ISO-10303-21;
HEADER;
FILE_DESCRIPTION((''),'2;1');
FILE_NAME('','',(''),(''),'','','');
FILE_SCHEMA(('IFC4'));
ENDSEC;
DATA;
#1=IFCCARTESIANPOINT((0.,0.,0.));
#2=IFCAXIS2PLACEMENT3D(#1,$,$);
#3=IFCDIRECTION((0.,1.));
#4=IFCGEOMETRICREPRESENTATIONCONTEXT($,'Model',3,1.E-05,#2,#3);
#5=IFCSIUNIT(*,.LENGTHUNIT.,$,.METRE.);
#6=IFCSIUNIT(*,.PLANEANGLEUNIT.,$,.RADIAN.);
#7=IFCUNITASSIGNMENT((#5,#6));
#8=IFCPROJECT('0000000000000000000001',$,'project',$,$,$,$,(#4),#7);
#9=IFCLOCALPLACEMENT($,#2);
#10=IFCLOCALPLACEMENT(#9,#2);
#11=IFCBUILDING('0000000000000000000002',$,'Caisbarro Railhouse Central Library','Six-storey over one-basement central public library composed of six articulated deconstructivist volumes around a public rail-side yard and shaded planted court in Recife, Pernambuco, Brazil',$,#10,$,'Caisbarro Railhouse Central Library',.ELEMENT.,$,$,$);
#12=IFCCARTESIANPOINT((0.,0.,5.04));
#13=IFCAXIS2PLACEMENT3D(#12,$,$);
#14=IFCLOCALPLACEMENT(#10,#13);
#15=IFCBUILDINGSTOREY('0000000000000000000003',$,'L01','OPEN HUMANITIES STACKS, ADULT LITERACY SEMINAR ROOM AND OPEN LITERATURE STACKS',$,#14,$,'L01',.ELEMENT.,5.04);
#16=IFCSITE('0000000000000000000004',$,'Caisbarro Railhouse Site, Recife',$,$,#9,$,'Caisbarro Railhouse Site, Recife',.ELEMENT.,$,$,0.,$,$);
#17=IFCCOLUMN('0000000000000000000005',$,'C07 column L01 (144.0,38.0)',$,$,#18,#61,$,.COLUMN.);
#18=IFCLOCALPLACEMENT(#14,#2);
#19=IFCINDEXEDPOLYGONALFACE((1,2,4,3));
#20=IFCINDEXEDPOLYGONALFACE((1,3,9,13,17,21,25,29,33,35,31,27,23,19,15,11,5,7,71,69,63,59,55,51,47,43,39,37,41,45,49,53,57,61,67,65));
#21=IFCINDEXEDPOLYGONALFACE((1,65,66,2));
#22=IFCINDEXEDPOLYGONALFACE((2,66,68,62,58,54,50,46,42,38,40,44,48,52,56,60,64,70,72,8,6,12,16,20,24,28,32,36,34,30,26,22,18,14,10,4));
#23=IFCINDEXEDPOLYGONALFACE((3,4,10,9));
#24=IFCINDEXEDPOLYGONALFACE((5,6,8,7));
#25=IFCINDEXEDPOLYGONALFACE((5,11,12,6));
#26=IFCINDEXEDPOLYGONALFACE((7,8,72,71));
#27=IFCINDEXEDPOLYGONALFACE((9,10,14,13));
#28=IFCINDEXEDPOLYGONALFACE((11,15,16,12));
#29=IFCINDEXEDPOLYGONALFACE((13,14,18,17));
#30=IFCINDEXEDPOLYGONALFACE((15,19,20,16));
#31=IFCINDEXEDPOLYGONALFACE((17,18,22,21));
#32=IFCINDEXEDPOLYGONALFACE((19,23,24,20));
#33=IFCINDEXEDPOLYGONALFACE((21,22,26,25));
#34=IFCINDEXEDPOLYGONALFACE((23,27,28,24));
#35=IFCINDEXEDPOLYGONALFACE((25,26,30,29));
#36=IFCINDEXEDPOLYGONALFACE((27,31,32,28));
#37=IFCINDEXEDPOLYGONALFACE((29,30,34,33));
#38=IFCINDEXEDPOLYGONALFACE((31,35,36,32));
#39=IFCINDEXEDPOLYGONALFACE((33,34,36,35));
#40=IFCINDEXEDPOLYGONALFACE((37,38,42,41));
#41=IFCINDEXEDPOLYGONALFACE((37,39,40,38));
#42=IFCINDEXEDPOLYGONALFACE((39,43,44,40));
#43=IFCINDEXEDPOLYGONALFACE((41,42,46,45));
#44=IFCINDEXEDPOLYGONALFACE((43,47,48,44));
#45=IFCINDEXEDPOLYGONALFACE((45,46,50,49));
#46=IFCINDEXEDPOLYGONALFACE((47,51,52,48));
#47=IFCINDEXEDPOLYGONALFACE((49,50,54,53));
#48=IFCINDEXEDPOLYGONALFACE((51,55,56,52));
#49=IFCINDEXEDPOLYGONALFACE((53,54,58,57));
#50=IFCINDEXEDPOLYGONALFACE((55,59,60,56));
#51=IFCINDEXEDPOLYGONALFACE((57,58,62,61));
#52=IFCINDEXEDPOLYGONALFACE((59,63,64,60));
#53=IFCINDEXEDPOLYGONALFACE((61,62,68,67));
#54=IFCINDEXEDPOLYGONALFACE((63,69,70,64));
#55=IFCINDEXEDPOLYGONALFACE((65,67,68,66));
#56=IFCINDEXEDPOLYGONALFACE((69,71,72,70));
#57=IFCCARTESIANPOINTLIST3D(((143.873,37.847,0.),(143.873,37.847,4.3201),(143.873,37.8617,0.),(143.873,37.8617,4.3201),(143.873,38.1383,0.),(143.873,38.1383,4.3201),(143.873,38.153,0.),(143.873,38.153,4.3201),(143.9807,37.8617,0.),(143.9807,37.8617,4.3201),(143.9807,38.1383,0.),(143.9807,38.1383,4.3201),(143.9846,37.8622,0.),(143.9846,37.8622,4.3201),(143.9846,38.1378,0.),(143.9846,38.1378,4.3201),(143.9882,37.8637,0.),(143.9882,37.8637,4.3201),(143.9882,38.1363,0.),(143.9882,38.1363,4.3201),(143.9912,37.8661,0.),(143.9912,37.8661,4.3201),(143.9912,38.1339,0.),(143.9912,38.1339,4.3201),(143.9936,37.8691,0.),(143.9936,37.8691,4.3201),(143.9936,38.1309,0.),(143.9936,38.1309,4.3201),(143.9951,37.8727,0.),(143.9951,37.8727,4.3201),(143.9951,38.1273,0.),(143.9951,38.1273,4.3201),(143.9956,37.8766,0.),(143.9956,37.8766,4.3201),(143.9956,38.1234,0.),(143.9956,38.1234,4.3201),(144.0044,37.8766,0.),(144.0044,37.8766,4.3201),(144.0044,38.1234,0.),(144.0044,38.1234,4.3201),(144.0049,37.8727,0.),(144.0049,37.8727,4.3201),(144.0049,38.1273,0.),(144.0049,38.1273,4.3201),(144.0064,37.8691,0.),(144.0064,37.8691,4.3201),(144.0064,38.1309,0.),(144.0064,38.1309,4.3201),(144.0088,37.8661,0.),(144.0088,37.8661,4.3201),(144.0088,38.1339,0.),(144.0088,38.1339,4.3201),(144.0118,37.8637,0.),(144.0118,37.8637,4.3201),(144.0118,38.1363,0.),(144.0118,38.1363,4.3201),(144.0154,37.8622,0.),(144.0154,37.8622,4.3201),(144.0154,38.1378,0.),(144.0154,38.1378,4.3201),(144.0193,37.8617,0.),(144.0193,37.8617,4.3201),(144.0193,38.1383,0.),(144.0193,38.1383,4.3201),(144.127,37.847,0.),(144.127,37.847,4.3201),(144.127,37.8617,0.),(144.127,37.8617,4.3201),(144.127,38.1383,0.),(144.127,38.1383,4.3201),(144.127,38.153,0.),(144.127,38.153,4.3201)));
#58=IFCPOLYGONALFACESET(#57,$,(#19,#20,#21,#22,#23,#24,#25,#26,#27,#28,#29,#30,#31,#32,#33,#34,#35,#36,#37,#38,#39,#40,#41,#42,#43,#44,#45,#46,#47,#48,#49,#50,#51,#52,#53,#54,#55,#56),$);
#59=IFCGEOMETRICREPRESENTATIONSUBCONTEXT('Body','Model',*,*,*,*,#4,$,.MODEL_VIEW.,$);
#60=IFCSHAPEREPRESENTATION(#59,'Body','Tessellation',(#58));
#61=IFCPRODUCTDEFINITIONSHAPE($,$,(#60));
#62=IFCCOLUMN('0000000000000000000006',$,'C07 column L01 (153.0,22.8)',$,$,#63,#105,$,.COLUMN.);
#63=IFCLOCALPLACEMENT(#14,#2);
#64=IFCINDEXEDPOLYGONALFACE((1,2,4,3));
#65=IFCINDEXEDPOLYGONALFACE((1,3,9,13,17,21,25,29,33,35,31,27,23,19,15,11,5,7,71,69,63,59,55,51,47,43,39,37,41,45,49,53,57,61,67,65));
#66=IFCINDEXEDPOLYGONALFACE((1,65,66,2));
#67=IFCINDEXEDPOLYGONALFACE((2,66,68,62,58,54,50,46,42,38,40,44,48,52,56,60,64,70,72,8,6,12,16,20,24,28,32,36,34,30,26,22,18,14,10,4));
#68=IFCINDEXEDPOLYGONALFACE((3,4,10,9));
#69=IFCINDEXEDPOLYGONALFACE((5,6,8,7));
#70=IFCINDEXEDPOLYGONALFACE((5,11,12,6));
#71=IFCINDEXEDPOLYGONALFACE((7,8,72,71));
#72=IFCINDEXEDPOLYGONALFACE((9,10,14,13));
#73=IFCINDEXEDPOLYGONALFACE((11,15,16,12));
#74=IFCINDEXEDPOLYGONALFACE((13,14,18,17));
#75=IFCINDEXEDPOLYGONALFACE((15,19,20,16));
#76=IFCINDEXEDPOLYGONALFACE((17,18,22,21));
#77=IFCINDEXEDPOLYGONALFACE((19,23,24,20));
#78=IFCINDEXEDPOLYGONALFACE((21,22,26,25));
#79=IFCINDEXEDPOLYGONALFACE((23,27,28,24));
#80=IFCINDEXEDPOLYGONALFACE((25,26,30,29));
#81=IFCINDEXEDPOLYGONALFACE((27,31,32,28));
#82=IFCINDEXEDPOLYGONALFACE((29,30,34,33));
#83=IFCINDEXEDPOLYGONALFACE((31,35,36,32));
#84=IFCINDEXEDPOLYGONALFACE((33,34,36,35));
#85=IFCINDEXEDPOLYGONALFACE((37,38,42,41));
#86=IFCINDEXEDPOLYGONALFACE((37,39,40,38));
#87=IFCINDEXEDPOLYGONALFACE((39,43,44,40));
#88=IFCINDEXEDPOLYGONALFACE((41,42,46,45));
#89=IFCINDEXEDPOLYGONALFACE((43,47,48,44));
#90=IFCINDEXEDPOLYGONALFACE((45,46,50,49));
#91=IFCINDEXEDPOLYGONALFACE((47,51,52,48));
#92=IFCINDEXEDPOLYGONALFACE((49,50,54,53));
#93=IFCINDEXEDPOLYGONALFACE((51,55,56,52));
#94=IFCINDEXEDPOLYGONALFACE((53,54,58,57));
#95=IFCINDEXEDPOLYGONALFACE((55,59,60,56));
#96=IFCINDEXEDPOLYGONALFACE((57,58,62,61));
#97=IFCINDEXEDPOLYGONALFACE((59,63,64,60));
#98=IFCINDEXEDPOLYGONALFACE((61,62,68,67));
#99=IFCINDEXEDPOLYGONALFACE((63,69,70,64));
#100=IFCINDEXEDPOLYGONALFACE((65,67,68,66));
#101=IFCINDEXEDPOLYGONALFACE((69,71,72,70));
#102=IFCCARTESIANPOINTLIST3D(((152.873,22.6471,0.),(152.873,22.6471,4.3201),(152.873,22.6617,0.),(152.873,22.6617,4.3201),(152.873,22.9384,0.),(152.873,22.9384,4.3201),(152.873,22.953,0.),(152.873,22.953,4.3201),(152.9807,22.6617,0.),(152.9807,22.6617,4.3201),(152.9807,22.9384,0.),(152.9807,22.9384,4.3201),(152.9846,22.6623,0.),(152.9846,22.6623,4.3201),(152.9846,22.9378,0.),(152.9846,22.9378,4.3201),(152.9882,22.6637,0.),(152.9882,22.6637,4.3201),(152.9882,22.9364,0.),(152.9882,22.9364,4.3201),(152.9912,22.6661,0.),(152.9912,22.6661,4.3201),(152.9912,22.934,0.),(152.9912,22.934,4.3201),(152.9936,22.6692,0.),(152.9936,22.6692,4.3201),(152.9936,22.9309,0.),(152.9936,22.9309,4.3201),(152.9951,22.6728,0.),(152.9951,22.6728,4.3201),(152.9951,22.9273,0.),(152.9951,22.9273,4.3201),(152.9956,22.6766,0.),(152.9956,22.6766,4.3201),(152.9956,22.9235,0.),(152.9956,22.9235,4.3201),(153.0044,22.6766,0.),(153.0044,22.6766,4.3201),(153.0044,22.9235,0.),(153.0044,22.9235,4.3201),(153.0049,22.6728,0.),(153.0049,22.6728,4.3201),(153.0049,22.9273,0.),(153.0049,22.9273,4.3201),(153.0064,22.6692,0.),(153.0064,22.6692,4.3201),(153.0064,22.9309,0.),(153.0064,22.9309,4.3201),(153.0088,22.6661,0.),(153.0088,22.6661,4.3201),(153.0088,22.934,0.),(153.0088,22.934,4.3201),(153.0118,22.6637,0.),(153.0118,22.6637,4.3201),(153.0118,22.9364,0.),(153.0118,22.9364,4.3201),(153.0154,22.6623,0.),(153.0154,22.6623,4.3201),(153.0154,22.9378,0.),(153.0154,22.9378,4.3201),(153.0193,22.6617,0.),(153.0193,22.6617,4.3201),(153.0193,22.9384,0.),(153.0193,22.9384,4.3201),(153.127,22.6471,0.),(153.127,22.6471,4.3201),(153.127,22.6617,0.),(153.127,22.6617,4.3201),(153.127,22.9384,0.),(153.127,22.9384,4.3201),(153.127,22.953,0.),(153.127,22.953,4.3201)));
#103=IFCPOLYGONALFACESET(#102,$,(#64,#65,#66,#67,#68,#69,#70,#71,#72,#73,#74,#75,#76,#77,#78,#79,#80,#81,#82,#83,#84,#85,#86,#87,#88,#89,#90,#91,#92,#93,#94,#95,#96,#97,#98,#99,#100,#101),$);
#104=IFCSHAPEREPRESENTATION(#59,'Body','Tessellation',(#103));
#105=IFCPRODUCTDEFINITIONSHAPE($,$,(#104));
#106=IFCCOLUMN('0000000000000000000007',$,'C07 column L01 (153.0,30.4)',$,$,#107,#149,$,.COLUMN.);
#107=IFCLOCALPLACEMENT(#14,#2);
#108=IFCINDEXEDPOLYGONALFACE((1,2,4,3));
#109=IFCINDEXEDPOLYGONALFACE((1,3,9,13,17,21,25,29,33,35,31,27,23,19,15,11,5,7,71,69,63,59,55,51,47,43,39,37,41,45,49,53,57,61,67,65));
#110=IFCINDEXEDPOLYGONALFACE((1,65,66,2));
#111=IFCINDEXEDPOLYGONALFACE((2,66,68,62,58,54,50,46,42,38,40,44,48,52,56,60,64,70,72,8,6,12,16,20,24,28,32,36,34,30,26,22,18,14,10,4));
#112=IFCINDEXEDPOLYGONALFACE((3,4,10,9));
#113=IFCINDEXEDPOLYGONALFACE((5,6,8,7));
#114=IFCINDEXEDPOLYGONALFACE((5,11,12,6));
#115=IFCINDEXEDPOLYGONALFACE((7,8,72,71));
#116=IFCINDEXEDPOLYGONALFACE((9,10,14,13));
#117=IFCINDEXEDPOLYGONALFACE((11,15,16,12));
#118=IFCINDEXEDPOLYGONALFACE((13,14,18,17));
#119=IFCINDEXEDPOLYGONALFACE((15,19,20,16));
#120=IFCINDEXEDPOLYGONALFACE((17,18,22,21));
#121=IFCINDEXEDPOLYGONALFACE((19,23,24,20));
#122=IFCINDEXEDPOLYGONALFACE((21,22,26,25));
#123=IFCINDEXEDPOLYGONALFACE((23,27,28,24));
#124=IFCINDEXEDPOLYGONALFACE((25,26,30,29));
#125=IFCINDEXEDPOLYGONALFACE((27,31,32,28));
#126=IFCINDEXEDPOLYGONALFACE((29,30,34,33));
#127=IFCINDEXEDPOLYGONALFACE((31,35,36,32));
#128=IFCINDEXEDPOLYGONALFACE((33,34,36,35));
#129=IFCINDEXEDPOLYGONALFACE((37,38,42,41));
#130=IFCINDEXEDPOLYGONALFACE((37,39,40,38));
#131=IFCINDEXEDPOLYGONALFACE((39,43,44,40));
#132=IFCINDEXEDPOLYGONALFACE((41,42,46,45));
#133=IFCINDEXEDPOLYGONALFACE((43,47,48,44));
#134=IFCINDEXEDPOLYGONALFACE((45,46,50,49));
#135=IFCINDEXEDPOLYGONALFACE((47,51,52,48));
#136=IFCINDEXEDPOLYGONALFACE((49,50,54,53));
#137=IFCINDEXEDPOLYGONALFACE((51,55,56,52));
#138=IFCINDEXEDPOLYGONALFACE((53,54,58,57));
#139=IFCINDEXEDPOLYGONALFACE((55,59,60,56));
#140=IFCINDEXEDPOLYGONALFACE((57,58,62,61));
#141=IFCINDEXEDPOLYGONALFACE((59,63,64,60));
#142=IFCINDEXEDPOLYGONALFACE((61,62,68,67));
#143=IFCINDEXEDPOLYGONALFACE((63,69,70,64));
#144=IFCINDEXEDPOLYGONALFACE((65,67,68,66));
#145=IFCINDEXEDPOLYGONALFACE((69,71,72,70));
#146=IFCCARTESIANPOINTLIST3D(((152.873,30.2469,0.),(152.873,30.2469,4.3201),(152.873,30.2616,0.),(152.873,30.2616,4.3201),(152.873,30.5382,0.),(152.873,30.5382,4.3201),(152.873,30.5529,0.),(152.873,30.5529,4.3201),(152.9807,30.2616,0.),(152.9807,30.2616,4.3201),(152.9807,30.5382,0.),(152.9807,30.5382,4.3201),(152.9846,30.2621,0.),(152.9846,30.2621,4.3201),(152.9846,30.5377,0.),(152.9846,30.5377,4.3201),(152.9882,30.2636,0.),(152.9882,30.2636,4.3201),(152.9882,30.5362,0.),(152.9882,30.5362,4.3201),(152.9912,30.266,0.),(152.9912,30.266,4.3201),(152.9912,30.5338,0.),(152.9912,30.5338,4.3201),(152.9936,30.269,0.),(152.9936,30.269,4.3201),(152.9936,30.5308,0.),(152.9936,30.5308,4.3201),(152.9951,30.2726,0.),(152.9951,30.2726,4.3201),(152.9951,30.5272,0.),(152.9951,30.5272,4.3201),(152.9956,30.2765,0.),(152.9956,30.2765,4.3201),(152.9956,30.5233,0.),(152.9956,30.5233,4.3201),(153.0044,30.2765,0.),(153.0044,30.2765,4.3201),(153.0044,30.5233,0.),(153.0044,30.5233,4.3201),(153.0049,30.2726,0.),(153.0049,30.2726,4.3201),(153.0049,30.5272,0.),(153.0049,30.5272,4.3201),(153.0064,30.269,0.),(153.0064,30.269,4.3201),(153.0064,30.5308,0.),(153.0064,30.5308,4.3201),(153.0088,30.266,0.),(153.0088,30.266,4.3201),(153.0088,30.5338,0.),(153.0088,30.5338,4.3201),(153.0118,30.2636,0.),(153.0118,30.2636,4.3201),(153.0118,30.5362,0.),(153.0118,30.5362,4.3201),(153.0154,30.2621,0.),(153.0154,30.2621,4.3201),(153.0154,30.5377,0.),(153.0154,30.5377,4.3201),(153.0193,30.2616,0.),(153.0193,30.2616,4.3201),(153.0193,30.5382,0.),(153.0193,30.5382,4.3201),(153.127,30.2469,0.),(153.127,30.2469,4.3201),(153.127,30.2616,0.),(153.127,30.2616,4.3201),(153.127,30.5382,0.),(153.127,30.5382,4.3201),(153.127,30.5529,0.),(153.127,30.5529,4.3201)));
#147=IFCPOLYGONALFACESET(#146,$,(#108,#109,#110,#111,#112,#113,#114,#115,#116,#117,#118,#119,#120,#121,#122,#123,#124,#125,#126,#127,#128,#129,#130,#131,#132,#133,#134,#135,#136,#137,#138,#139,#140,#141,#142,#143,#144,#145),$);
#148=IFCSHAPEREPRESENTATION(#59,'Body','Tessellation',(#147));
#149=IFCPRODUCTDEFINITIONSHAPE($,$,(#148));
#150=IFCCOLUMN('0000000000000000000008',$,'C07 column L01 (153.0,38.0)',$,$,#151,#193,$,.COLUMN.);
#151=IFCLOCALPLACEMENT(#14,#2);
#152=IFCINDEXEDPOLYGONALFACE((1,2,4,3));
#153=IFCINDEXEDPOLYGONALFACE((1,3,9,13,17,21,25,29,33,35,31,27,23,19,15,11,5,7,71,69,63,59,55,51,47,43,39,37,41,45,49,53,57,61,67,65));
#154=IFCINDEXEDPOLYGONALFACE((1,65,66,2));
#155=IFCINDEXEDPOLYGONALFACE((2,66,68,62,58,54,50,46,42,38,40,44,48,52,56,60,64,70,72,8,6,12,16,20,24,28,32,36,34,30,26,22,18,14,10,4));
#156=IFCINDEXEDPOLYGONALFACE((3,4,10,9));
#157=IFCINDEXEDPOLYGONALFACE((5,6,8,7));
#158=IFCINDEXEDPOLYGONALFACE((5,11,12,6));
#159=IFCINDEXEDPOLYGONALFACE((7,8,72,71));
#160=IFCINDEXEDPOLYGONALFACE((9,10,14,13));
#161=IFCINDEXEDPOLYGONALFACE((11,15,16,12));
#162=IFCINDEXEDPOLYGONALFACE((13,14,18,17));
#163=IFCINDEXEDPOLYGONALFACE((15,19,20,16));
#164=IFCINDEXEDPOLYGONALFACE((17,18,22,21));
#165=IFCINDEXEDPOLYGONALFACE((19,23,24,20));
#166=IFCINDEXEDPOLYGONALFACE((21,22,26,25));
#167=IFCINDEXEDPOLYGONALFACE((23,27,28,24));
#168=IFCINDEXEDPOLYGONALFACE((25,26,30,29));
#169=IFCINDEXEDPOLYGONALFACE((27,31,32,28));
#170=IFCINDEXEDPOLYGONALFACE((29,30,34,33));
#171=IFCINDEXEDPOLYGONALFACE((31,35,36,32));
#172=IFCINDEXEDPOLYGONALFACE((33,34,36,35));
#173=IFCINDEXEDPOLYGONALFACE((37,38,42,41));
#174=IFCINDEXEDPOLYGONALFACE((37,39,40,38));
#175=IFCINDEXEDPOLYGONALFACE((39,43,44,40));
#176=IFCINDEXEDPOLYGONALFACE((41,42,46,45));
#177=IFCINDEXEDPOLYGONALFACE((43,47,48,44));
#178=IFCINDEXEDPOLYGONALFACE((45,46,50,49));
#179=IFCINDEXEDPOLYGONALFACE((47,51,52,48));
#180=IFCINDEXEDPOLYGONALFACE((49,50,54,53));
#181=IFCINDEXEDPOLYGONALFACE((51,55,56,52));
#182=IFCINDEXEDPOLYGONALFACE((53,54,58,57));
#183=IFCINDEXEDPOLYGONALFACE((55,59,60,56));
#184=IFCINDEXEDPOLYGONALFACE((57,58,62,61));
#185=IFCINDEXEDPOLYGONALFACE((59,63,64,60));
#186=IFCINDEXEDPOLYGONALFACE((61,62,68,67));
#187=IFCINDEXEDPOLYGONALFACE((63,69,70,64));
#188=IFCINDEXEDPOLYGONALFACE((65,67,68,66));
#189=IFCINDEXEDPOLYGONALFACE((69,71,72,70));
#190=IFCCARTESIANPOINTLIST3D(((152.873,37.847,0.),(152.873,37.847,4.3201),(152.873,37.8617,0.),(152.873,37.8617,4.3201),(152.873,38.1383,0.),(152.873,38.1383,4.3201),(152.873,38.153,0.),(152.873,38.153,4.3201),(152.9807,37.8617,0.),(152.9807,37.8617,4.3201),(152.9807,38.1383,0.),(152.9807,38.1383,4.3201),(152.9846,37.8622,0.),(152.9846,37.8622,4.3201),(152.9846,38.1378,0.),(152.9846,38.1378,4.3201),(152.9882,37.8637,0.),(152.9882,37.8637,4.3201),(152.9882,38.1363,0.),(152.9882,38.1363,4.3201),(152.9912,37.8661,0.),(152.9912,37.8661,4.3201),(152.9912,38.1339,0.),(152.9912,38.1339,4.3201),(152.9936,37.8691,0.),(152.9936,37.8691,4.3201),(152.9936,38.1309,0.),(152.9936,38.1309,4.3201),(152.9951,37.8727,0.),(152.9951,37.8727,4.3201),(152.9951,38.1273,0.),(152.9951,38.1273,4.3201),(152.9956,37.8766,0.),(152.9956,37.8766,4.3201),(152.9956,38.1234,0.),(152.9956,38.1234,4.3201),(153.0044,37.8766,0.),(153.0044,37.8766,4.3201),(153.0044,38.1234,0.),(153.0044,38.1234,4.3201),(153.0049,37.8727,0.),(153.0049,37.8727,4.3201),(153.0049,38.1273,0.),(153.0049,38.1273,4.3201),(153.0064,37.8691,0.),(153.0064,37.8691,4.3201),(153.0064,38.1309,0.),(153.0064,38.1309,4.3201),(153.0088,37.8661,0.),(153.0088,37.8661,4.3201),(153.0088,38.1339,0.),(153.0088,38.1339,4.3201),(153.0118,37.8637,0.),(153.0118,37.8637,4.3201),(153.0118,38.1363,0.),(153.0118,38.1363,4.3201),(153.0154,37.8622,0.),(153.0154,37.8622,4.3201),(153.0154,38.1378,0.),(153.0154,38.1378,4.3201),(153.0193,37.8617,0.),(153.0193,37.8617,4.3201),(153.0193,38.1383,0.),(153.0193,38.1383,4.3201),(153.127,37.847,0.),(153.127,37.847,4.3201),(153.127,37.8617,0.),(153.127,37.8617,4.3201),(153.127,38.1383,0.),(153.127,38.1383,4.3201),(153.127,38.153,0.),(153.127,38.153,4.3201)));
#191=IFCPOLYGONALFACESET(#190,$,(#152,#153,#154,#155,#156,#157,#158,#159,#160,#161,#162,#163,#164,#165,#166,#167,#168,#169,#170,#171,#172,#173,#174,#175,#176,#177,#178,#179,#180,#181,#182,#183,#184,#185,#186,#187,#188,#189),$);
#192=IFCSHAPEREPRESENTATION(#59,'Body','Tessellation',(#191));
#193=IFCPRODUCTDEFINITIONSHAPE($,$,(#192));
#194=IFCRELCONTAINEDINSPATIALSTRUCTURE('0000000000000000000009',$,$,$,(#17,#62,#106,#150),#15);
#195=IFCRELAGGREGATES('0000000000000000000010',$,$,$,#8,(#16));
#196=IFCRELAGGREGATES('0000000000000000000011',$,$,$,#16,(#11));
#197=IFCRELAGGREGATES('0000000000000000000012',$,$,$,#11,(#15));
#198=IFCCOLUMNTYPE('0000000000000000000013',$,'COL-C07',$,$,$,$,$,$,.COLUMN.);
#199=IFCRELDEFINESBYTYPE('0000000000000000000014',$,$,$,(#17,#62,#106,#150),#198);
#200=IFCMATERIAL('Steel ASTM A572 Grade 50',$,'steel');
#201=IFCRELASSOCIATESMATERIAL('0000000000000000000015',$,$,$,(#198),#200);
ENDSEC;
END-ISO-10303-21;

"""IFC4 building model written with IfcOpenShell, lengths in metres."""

from ifc_helpers import new_model, si_unit, direction, frame, origin, origin_2d, place, context, subcontext, project, spatial, i_section, extrude, material, material_profile, profile_set, type_object, element, save


model = new_model("IFC4")

# Units and contexts
model_context = context("Model", 3, precision=1e-05, world=origin(), true_north=direction((0.0, 1.0)))
body_context = subcontext(model_context, "Body", "Model", "MODEL_VIEW")
ifc_project = project(units=[si_unit("LENGTHUNIT", "METRE"), si_unit("PLANEANGLEUNIT", "RADIAN")], contexts=[model_context])

# Site, building, storey
site_placement = place(None, origin())
site = spatial("IfcSite", under=ifc_project, at=site_placement, Name="Caisbarro Railhouse Site, Recife", LongName="Caisbarro Railhouse Site, Recife", CompositionType="ELEMENT", RefElevation=0.0)
building_placement = place(site_placement, origin())
building = spatial("IfcBuilding", under=site, at=building_placement, Name="Caisbarro Railhouse Central Library", Description="Six-storey over one-basement central public library composed of six articulated deconstructivist volumes around a public rail-side yard and shaded planted court in Recife, Pernambuco, Brazil", LongName="Caisbarro Railhouse Central Library", CompositionType="ELEMENT")
storey_placement = place(building_placement, frame((0.0, 0.0, 5.04)))
storey = spatial("IfcBuildingStorey", under=building, at=storey_placement, Name="L01", Description="OPEN HUMANITIES STACKS, ADULT LITERACY SEMINAR ROOM AND OPEN LITERATURE STACKS", LongName="L01", CompositionType="ELEMENT", Elevation=5.04)

# Columns
ifc_material_1 = material(Name="Steel ASTM A572 Grade 50", Category="steel")
ifc_material_profile_1 = material_profile(ifc_material_1, i_section(OverallWidth=0.2539, OverallDepth=0.3059, WebThickness=0.0088, FlangeThickness=0.0146, FilletRadius=0.0149, at=origin_2d()), Name="W310X79.0")
ifc_profile_set_1 = profile_set([ifc_material_profile_1], Name="Steel ASTM A572 Grade 50")
column_type = type_object("IfcColumnType", Name="COL-C07", PredefinedType="COLUMN", material=ifc_profile_set_1)
for number, where, z_axis, x_axis, name in (
    (1, (144.0, 38.0, 0.0), (0.0, 0.0, 1.0), (1.0, 0.0, 0.0), "C07 column L01 (144.0,38.0)"),
    (2, (153.0, 22.8, 0.0), (0.0, 0.0, 1.0), (1.0, 0.0, 0.0), "C07 column L01 (153.0,22.8)"),
    (3, (153.0, 30.3999, 0.0), (0.0, 0.0, 1.0), (1.0, 0.0, 0.0), "C07 column L01 (153.0,30.4)"),
    (4, (153.0, 38.0, 0.0), (0.0, 0.0, 1.0), (1.0, 0.0, 0.0), "C07 column L01 (153.0,38.0)"),
):
    element("IfcColumn", number, at=place(storey_placement, frame(where, z_axis=z_axis, x_axis=x_axis)), inside=storey, type_object=column_type, Name=name, PredefinedType="COLUMN", context=body_context, shape_type="SweptSolid", body=[
        extrude(i_section(OverallWidth=0.2539, OverallDepth=0.3059, WebThickness=0.0088, FlangeThickness=0.0146, FilletRadius=0.0149, at=origin_2d()), origin(), (0.0, 0.0, 1.0), 4.3201),
    ])

save(model, "model.ifc")
